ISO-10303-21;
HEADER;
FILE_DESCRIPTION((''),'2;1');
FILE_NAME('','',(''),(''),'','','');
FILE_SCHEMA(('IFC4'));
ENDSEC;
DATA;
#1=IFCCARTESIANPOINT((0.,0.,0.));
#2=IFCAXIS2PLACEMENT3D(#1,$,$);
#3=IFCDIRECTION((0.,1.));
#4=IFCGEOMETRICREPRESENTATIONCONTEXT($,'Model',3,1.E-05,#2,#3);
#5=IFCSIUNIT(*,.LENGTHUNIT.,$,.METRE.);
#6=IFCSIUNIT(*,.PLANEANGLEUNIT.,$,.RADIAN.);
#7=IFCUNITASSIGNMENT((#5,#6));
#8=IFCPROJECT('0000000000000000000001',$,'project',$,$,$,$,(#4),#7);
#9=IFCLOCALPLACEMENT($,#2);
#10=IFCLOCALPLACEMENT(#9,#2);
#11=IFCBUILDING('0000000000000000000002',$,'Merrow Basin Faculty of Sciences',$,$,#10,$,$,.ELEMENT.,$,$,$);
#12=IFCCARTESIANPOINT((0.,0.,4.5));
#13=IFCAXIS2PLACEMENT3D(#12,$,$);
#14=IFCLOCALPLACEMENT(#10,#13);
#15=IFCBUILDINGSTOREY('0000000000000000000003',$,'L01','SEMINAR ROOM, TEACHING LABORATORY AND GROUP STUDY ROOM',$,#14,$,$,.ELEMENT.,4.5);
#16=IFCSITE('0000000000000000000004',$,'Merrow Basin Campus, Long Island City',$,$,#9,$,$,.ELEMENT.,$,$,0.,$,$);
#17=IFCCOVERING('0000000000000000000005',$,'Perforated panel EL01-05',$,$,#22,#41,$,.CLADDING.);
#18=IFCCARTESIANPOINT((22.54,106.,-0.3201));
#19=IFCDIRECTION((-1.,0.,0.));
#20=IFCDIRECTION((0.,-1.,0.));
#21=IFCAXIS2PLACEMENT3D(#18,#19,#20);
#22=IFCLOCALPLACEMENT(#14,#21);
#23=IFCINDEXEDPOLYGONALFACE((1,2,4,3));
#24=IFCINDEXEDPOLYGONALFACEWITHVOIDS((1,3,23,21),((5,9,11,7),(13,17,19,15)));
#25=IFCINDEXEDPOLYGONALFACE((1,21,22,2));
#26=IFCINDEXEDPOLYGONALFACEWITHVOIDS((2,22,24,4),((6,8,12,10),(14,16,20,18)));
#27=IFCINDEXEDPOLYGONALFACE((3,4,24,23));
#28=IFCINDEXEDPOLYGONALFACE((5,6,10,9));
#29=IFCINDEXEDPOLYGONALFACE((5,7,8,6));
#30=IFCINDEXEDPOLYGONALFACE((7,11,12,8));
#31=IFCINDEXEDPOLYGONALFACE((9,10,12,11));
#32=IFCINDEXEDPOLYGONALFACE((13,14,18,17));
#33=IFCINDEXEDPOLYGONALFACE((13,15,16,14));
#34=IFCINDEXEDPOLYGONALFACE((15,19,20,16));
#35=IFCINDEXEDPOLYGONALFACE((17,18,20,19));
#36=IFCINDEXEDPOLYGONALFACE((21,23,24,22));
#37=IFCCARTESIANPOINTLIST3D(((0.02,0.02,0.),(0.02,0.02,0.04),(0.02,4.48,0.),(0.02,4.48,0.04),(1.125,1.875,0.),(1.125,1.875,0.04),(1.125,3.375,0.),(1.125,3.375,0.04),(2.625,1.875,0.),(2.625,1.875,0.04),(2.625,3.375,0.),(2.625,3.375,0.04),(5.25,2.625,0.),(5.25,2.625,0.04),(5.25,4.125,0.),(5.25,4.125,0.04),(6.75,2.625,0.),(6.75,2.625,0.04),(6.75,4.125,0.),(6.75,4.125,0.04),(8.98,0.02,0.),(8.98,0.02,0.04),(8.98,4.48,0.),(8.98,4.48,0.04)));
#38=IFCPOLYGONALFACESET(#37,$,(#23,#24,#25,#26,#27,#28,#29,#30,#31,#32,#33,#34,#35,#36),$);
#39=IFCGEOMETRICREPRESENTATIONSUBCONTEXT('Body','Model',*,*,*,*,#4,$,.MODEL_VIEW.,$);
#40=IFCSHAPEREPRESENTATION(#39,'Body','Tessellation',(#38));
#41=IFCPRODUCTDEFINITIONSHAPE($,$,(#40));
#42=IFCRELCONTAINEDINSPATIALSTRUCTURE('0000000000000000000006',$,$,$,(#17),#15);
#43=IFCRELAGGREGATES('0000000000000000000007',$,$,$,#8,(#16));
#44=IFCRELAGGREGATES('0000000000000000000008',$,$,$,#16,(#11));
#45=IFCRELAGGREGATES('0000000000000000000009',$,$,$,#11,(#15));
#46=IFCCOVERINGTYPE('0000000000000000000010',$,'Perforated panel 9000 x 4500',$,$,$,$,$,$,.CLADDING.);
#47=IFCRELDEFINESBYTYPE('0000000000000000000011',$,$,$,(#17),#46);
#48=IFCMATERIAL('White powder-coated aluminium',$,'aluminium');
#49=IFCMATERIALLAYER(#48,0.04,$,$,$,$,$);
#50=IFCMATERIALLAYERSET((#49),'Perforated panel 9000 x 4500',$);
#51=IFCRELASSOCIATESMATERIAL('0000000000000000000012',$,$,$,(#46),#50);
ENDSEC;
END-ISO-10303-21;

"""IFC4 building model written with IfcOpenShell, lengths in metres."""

from ifc_helpers import new_model, si_unit, direction, frame, origin, place, context, subcontext, project, spatial, polyline, outline, extrude, source, transform, mapped, material, layer, layer_set, type_object, element, save


model = new_model("IFC4")

# Units and contexts
model_context = context("Model", 3, precision=1e-05, world=origin(), true_north=direction((0.0, 1.0)))
body_context = subcontext(model_context, "Body", "Model", "MODEL_VIEW")
ifc_project = project(units=[si_unit("LENGTHUNIT", "METRE"), si_unit("PLANEANGLEUNIT", "RADIAN")], contexts=[model_context])

# Site, building, storey
site_placement = place(None, origin())
site = spatial("IfcSite", under=ifc_project, at=site_placement, Name="Merrow Basin Campus, Long Island City", CompositionType="ELEMENT", RefElevation=0.0)
building_placement = place(site_placement, origin())
building = spatial("IfcBuilding", under=site, at=building_placement, Name="Merrow Basin Faculty of Sciences", CompositionType="ELEMENT")
storey_placement = place(building_placement, frame((0.0, 0.0, 4.5)))
storey = spatial("IfcBuildingStorey", under=building, at=storey_placement, Name="L01", Description="SEMINAR ROOM, TEACHING LABORATORY AND GROUP STUDY ROOM", CompositionType="ELEMENT", Elevation=4.5)

# Covering
ifc_material_1 = material(Name="White powder-coated aluminium", Category="aluminium")
ifc_layer_1 = layer(ifc_material_1, 0.04)
ifc_layer_set_1 = layer_set([ifc_layer_1], Name="Perforated panel 9000 x 4500")
covering_type = type_object("IfcCoveringType", Name="Perforated panel 9000 x 4500", PredefinedType="CLADDING", material=ifc_layer_set_1)
shared_shape_1 = source(origin(), body_context, "Body", "SweptSolid", [
    extrude(outline(polyline([(0.02, 0.02), (8.98, 0.02), (8.98, 4.48), (0.02, 4.48), (0.02, 0.02)]), holes=[polyline([(1.125, 1.875), (2.625, 1.875), (2.625, 3.375), (1.125, 3.375), (1.125, 1.875)]), polyline([(5.25, 2.625), (6.75, 2.625), (6.75, 4.125), (5.25, 4.125), (5.25, 2.625)])]), origin(), (0.0, 0.0, 1.0), 0.04),
])
covering_placement = place(storey_placement, frame((22.54, 106.0, -0.3201), z_axis=(-1.0, 0.0, 0.0), x_axis=(0.0, -1.0, 0.0)))
element("IfcCovering", 1, at=covering_placement, inside=storey, type_object=covering_type, Name="Perforated panel EL01-05", PredefinedType="CLADDING", context=body_context, shape_type="MappedRepresentation", body=[
    mapped(shared_shape_1, transform((0.0, 0.0, 0.0), scale=1.0)),
])

save(model, "model.ifc")
